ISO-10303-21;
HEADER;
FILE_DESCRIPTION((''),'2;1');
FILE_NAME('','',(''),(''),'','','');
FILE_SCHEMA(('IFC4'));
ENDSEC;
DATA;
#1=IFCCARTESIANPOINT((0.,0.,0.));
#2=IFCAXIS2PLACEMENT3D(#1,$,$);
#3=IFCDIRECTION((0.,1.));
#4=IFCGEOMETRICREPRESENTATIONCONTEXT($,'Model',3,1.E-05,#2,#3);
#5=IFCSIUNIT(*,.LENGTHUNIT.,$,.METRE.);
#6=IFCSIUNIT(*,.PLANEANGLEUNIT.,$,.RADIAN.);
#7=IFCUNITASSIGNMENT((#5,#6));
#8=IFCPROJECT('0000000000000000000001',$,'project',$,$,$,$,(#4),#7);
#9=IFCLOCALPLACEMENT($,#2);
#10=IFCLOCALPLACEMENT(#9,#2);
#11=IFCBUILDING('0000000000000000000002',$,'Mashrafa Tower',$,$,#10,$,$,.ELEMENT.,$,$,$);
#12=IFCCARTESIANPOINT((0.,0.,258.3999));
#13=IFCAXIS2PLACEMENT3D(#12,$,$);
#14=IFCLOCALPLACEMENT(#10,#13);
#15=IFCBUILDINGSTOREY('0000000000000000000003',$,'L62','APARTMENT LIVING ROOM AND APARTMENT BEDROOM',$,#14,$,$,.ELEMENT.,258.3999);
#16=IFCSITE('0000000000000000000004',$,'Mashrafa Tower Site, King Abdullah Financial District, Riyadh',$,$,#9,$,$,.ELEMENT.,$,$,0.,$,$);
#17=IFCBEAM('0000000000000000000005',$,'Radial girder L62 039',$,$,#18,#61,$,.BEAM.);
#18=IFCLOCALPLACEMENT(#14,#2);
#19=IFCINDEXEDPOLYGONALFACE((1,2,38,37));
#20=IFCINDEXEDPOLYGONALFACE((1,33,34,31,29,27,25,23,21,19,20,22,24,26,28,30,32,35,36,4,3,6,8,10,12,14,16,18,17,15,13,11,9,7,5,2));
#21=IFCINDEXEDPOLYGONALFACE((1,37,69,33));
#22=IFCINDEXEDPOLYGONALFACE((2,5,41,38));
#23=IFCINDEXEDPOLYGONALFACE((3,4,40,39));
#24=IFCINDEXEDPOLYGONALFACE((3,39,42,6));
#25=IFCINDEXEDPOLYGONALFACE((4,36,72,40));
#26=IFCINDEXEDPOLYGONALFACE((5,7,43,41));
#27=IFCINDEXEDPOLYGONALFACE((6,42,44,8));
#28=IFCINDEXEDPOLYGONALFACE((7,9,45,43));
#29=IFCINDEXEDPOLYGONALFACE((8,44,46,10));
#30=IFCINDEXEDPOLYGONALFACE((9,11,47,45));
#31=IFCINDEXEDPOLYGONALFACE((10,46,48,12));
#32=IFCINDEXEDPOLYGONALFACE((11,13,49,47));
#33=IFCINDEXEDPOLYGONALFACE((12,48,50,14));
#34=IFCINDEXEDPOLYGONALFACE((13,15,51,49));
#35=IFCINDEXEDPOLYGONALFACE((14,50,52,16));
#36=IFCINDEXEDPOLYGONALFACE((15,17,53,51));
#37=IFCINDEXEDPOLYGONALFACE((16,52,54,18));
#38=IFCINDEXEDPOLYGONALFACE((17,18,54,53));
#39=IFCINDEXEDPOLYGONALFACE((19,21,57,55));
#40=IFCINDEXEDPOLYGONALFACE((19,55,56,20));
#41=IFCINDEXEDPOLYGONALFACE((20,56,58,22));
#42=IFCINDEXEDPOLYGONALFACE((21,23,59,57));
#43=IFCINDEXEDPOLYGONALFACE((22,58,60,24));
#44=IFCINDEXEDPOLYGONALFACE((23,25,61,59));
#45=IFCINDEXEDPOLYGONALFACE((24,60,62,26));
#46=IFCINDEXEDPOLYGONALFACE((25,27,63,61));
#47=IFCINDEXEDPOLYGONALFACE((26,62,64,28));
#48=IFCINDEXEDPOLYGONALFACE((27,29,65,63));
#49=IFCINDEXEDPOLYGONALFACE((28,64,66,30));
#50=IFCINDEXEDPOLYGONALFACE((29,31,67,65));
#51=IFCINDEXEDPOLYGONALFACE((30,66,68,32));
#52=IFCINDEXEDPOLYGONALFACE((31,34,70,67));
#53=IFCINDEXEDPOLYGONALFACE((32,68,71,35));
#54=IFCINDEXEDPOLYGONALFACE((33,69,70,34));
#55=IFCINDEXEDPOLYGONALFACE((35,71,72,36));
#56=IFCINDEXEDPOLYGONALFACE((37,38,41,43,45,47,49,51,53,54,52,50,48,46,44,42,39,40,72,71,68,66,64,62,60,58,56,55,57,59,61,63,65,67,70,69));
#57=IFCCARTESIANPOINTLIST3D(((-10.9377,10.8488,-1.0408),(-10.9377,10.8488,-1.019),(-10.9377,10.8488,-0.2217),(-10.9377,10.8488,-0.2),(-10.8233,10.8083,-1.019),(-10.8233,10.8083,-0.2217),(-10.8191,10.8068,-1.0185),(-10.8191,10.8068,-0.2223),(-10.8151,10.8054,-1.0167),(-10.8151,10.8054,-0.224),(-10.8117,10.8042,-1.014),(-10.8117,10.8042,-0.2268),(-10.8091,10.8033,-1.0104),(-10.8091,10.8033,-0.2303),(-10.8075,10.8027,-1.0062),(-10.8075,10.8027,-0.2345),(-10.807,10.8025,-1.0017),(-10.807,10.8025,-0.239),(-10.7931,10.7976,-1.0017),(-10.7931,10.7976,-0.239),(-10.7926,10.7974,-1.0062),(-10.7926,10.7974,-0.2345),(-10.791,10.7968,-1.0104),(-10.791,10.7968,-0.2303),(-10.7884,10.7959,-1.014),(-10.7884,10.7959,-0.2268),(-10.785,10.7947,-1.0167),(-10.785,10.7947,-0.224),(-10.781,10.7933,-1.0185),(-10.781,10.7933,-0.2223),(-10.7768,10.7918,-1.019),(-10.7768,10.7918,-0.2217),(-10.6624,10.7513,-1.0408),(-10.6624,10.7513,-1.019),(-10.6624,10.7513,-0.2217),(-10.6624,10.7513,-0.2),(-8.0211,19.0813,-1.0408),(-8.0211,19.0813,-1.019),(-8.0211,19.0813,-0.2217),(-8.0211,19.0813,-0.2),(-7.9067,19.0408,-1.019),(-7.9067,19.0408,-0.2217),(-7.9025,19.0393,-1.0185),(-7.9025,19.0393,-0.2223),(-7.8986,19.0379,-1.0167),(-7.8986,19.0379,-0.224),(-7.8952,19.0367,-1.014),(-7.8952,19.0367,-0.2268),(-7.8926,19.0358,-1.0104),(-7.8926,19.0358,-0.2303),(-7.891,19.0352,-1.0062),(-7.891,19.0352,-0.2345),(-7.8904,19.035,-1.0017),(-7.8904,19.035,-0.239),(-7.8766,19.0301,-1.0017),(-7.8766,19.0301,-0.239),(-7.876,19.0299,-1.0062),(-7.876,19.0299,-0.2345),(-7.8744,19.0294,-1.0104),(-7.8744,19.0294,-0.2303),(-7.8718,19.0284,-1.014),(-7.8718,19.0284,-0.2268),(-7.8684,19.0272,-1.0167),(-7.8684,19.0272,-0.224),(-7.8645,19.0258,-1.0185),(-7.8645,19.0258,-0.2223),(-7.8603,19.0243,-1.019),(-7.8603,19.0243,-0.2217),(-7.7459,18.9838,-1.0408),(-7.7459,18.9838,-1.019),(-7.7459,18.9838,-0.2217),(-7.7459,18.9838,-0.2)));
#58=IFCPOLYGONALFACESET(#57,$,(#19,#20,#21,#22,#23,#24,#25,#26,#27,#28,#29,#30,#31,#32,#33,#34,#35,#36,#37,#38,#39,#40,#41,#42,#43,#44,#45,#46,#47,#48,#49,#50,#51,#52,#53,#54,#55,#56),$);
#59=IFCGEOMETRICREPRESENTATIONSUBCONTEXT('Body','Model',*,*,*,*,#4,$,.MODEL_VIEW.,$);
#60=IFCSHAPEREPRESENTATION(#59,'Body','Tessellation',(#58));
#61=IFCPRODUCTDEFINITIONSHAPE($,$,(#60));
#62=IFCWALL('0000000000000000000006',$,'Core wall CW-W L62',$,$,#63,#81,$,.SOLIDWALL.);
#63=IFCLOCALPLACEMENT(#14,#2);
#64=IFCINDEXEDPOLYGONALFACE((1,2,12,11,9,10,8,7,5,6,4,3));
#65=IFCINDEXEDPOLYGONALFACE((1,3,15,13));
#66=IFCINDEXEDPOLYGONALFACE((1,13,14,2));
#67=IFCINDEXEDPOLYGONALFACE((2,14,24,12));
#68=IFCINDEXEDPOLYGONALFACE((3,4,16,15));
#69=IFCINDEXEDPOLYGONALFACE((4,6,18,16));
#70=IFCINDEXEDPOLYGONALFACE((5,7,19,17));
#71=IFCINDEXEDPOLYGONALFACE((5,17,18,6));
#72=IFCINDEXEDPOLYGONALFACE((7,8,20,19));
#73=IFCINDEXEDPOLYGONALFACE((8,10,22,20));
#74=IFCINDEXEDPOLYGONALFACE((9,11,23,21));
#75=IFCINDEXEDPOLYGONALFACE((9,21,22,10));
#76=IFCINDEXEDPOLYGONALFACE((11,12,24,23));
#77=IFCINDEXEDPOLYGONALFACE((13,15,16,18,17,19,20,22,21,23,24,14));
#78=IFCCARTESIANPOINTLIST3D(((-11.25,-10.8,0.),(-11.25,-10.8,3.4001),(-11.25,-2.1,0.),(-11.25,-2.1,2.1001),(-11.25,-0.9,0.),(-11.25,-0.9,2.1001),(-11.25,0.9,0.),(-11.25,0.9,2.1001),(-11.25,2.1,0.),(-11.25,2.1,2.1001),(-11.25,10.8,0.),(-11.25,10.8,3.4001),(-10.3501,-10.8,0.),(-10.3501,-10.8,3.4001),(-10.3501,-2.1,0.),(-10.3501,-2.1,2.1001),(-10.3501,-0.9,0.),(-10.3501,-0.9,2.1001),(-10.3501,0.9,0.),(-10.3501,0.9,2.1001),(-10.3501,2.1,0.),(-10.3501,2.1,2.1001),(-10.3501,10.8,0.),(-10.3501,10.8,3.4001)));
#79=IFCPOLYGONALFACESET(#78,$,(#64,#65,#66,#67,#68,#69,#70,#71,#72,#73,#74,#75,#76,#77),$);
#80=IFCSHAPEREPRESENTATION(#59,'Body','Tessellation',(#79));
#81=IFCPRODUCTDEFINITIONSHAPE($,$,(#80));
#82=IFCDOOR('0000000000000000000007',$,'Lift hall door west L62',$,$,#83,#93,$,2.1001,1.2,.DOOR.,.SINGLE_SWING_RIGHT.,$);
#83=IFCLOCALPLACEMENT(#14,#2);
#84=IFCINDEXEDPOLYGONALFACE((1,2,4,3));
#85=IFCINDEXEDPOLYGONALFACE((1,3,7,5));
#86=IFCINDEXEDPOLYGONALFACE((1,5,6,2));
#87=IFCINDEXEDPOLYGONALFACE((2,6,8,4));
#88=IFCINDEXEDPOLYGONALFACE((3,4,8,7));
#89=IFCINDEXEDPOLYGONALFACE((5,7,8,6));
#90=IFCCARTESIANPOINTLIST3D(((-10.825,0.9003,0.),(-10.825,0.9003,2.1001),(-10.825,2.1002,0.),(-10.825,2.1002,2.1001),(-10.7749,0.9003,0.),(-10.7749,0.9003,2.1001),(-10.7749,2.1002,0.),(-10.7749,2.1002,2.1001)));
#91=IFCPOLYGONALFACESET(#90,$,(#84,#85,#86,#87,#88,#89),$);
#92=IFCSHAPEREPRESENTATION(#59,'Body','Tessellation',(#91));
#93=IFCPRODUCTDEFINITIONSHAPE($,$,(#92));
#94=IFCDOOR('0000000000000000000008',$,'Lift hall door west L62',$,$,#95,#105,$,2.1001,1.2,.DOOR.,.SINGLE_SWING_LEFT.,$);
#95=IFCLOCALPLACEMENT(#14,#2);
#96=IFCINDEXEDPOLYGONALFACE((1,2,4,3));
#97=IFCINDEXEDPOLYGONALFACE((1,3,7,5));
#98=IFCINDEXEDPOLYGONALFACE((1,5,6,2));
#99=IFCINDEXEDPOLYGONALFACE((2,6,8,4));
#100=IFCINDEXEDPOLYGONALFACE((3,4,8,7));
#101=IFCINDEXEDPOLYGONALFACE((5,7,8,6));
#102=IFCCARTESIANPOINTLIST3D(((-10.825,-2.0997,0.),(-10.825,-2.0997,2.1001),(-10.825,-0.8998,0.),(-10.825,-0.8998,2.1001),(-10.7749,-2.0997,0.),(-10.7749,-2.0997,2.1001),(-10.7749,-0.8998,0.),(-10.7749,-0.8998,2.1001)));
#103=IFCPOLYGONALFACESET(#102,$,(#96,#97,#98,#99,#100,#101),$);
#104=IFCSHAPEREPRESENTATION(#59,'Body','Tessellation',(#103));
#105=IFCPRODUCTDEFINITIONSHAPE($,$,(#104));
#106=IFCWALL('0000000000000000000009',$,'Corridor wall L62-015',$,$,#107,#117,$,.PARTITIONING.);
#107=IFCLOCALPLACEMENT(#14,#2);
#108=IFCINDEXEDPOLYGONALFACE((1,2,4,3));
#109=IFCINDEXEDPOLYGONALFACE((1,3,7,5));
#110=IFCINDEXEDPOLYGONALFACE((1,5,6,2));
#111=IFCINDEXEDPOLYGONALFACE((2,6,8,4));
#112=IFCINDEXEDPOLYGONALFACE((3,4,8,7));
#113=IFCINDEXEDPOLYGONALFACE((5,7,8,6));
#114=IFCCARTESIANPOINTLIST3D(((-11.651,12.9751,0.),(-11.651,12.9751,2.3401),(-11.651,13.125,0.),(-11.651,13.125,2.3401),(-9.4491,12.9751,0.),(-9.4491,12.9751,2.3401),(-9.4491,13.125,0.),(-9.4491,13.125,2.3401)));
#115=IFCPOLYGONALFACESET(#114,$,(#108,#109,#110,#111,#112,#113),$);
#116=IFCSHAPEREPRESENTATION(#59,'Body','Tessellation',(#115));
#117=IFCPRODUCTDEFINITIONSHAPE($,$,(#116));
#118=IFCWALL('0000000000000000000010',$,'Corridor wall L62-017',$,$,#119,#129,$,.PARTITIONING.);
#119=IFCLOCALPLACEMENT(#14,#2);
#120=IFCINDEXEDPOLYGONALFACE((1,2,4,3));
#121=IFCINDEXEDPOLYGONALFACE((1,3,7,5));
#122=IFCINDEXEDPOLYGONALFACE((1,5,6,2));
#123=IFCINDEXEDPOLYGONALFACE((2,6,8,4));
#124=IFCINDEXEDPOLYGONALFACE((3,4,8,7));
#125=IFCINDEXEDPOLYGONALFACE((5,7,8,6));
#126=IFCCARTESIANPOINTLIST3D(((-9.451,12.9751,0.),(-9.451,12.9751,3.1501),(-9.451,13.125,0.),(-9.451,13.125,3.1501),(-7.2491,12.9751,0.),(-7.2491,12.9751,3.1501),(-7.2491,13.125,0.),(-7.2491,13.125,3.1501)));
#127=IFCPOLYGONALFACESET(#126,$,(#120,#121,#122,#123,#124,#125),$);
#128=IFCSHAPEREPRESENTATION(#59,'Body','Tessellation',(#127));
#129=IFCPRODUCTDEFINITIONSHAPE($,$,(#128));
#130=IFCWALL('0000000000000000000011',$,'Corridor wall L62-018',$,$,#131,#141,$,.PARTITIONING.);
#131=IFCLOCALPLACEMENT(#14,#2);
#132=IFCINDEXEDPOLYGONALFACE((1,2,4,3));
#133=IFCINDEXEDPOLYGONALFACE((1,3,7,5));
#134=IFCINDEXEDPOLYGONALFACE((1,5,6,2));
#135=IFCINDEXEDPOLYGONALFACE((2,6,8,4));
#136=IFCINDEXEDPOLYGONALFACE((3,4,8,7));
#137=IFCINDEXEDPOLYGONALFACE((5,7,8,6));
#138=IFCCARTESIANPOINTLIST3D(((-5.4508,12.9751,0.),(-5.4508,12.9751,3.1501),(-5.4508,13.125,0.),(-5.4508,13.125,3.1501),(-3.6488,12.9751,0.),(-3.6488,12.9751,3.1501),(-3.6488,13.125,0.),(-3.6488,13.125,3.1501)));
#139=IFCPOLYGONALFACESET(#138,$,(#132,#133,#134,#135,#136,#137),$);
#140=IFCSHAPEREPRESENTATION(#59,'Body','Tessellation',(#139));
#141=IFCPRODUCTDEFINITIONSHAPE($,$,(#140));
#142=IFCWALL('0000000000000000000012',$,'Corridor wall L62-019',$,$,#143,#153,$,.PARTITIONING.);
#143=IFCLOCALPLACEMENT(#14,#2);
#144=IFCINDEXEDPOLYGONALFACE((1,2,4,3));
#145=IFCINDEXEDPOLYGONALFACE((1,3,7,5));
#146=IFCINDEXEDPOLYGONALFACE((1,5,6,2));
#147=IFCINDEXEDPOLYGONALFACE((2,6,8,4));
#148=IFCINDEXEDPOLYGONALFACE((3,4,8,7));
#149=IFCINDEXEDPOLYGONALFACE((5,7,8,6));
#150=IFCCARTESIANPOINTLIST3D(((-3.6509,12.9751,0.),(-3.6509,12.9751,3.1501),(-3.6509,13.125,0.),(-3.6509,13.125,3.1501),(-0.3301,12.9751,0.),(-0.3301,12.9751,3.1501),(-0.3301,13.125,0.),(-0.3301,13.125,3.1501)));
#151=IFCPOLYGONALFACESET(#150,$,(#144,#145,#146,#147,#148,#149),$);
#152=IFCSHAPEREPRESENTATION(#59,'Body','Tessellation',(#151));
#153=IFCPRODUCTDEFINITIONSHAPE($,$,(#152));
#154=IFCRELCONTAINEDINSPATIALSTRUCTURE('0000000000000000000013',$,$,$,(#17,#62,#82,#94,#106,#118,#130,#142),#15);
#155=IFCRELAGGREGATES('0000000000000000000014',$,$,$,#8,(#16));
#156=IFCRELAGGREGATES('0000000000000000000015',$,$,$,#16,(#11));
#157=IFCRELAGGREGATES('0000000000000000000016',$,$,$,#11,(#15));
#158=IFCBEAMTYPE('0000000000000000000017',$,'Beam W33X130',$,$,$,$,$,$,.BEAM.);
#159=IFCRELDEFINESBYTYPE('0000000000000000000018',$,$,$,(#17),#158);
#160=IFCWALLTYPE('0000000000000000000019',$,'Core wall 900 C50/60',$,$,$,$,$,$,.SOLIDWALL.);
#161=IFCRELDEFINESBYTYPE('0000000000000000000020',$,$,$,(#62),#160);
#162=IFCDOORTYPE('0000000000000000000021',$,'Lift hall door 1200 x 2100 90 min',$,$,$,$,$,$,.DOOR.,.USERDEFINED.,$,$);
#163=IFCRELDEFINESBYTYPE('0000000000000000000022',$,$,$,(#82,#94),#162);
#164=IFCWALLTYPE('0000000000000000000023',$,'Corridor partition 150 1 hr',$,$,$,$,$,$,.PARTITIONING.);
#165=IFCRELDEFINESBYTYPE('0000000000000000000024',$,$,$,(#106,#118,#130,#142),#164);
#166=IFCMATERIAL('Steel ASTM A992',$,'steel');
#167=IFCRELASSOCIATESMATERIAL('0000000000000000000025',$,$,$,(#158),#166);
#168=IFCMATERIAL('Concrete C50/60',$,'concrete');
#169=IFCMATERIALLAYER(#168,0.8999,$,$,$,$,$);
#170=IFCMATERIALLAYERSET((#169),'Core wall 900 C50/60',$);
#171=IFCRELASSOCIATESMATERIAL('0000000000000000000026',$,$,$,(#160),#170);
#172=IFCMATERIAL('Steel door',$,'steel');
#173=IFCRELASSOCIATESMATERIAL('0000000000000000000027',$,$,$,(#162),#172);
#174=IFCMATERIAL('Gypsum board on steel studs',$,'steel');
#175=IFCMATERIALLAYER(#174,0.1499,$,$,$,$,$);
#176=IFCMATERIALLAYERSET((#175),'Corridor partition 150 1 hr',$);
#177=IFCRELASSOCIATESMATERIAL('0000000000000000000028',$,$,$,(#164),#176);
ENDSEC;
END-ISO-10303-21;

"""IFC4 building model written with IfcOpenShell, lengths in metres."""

from ifc_helpers import new_model, si_unit, direction, frame, frame_2d, origin, origin_2d, place, context, subcontext, project, spatial, rectangle, i_section, extrude, material, layer, layer_set, material_profile, profile_set, type_object, element, fill, save


model = new_model("IFC4")

# Units and contexts
model_context = context("Model", 3, precision=1e-05, world=origin(), true_north=direction((0.0, 1.0)))
body_context = subcontext(model_context, "Body", "Model", "MODEL_VIEW")
ifc_project = project(units=[si_unit("LENGTHUNIT", "METRE"), si_unit("PLANEANGLEUNIT", "RADIAN")], contexts=[model_context])

# Site, building, storey
site_placement = place(None, origin())
site = spatial("IfcSite", under=ifc_project, at=site_placement, Name="Mashrafa Tower Site, King Abdullah Financial District, Riyadh", CompositionType="ELEMENT", RefElevation=0.0)
building_placement = place(site_placement, origin())
building = spatial("IfcBuilding", under=site, at=building_placement, Name="Mashrafa Tower", CompositionType="ELEMENT")
storey_placement = place(building_placement, frame((0.0, 0.0, 258.3999)))
storey = spatial("IfcBuildingStorey", under=building, at=storey_placement, Name="L62", Description="APARTMENT LIVING ROOM AND APARTMENT BEDROOM", CompositionType="ELEMENT", Elevation=258.3999)

# Beam
ifc_material_1 = material(Name="Steel ASTM A992", Category="steel")
ifc_material_profile_1 = material_profile(ifc_material_1, i_section(OverallWidth=0.292, OverallDepth=0.8408, WebThickness=0.0146, FlangeThickness=0.0217, FilletRadius=0.0173, at=origin_2d()), Name="W33X130")
ifc_profile_set_1 = profile_set([ifc_material_profile_1], Name="Steel ASTM A992")
beam_type_1 = type_object("IfcBeamType", Name="Beam W33X130", PredefinedType="BEAM", material=ifc_profile_set_1)
for number, where, z_axis, x_axis, name in (
    (1, (-10.8, 10.8, -0.6204), (0.333934, 0.942596, 0.0), (-0.942596, 0.333934, 0.0), "Radial girder L62 039"),
):
    element("IfcBeam", number, at=place(storey_placement, frame(where, z_axis=z_axis, x_axis=x_axis)), inside=storey, type_object=beam_type_1, Name=name, PredefinedType="BEAM", context=body_context, shape_type="SweptSolid", body=[
        extrude(i_section(OverallWidth=0.292, OverallDepth=0.8408, WebThickness=0.0146, FlangeThickness=0.0217, FilletRadius=0.0173, at=origin_2d()), origin(), (0.0, 0.0, 1.0), 8.7339),
    ])

# Wall, openings, doors
ifc_material_2 = material(Name="Concrete C50/60", Category="concrete")
ifc_layer_1 = layer(ifc_material_2, 0.8999)
ifc_layer_set_1 = layer_set([ifc_layer_1], Name="Core wall 900 C50/60")
wall_type_1 = type_object("IfcWallType", Name="Core wall 900 C50/60", PredefinedType="SOLIDWALL", material=ifc_layer_set_1)
wall_1_placement = place(storey_placement, frame((-10.8, 10.8, 0.0), z_axis=(0.0, 0.0, 1.0), x_axis=(0.0, -1.0, 0.0)))
wall_1 = element("IfcWall", 2, at=wall_1_placement, inside=storey, type_object=wall_type_1, Name="Core wall CW-W L62", PredefinedType="SOLIDWALL", context=body_context, shape_type="SweptSolid", body=[
    extrude(rectangle(XDim=21.6001, YDim=0.8999, at=frame_2d((10.8, 0.0))), origin(), (0.0, 0.0, 1.0), 3.4001),
])
opening_1_placement = place(wall_1_placement, frame((8.7, 0.0, 0.0)))
opening_1 = element("IfcOpeningElement", 3, at=opening_1_placement, cuts=wall_1, PredefinedType="OPENING", context=body_context, shape_type="SweptSolid", body=[
    extrude(rectangle(XDim=1.2, YDim=2.1001, at=frame_2d((0.6001, 1.05))), frame((0.0, 0.46, 0.0), z_axis=(0.0, -1.0, 0.0), x_axis=(1.0, 0.0, 0.0)), (0.0, 0.0, 1.0), 0.9199),
])
opening_2_placement = place(wall_1_placement, frame((11.7, 0.0, 0.0)))
opening_2 = element("IfcOpeningElement", 4, at=opening_2_placement, cuts=wall_1, PredefinedType="OPENING", context=body_context, shape_type="SweptSolid", body=[
    extrude(rectangle(XDim=1.2, YDim=2.1001, at=frame_2d((0.6001, 1.05))), frame((0.0, 0.46, 0.0), z_axis=(0.0, -1.0, 0.0), x_axis=(1.0, 0.0, 0.0)), (0.0, 0.0, 1.0), 0.9199),
])
ifc_material_3 = material(Name="Steel door", Category="steel")
door_type_1 = type_object("IfcDoorType", Name="Lift hall door 1200 x 2100 90 min", OperationType="USERDEFINED", PredefinedType="DOOR", material=ifc_material_3)
door_1_placement = place(opening_1_placement, frame((1.2, 0.0, 0.0), z_axis=(0.0, 0.0, 1.0), x_axis=(-1.0, 0.0, 0.0)))
door_1 = element("IfcDoor", 5, at=door_1_placement, inside=storey, type_object=door_type_1, Name="Lift hall door west L62", OperationType="SINGLE_SWING_RIGHT", OverallHeight=2.1001, OverallWidth=1.2, PredefinedType="DOOR", context=body_context, shape_type="SweptSolid", body=[
    extrude(rectangle(XDim=1.2, YDim=2.1001, at=frame_2d((0.6001, 1.05))), frame((0.0, 0.0249, 0.0), z_axis=(0.0, -1.0, 0.0), x_axis=(1.0, 0.0, 0.0)), (0.0, 0.0, 1.0), 0.05),
])
fill(opening_1, door_1)
door_2_placement = place(opening_2_placement, frame((1.2, 0.0, 0.0), z_axis=(0.0, 0.0, 1.0), x_axis=(-1.0, 0.0, 0.0)))
door_2 = element("IfcDoor", 6, at=door_2_placement, inside=storey, type_object=door_type_1, Name="Lift hall door west L62", OperationType="SINGLE_SWING_LEFT", OverallHeight=2.1001, OverallWidth=1.2, PredefinedType="DOOR", context=body_context, shape_type="SweptSolid", body=[
    extrude(rectangle(XDim=1.2, YDim=2.1001, at=frame_2d((0.6001, 1.05))), frame((0.0, 0.0249, 0.0), z_axis=(0.0, -1.0, 0.0), x_axis=(1.0, 0.0, 0.0)), (0.0, 0.0, 1.0), 0.05),
])
fill(opening_2, door_2)

# Walls
ifc_material_4 = material(Name="Gypsum board on steel studs", Category="steel")
ifc_layer_2 = layer(ifc_material_4, 0.1499)
ifc_layer_set_2 = layer_set([ifc_layer_2], Name="Corridor partition 150 1 hr")
wall_type_2 = type_object("IfcWallType", Name="Corridor partition 150 1 hr", PredefinedType="PARTITIONING", material=ifc_layer_set_2)
wall_2_placement = place(storey_placement, frame((-9.449, 13.05, 0.0), z_axis=(0.0, 0.0, 1.0), x_axis=(-1.0, 0.0, 0.0)))
element("IfcWall", 7, at=wall_2_placement, inside=storey, type_object=wall_type_2, Name="Corridor wall L62-015", PredefinedType="PARTITIONING", context=body_context, shape_type="SweptSolid", body=[
    extrude(rectangle(XDim=2.2019, YDim=0.1499, at=frame_2d((1.1011, 0.0))), origin(), (0.0, 0.0, 1.0), 2.3401),
])
wall_3_placement = place(storey_placement, frame((-7.249, 13.05, 0.0), z_axis=(0.0, 0.0, 1.0), x_axis=(-1.0, 0.0, 0.0)))
element("IfcWall", 8, at=wall_3_placement, inside=storey, type_object=wall_type_2, Name="Corridor wall L62-017", PredefinedType="PARTITIONING", context=body_context, shape_type="SweptSolid", body=[
    extrude(rectangle(XDim=2.2019, YDim=0.1499, at=frame_2d((1.1011, 0.0))), origin(), (0.0, 0.0, 1.0), 3.1501),
])
wall_4_placement = place(storey_placement, frame((-3.6489, 13.05, 0.0), z_axis=(0.0, 0.0, 1.0), x_axis=(-1.0, 0.0, 0.0)))
element("IfcWall", 9, at=wall_4_placement, inside=storey, type_object=wall_type_2, Name="Corridor wall L62-018", PredefinedType="PARTITIONING", context=body_context, shape_type="SweptSolid", body=[
    extrude(rectangle(XDim=1.802, YDim=0.1499, at=frame_2d((0.9009, 0.0))), origin(), (0.0, 0.0, 1.0), 3.1501),
])
wall_5_placement = place(storey_placement, frame((-0.3301, 13.05, 0.0), z_axis=(0.0, 0.0, 1.0), x_axis=(-1.0, 0.0, 0.0)))
element("IfcWall", 10, at=wall_5_placement, inside=storey, type_object=wall_type_2, Name="Corridor wall L62-019", PredefinedType="PARTITIONING", context=body_context, shape_type="SweptSolid", body=[
    extrude(rectangle(XDim=3.3208, YDim=0.1499, at=frame_2d((1.6604, 0.0))), origin(), (0.0, 0.0, 1.0), 3.1501),
])

save(model, "model.ifc")
